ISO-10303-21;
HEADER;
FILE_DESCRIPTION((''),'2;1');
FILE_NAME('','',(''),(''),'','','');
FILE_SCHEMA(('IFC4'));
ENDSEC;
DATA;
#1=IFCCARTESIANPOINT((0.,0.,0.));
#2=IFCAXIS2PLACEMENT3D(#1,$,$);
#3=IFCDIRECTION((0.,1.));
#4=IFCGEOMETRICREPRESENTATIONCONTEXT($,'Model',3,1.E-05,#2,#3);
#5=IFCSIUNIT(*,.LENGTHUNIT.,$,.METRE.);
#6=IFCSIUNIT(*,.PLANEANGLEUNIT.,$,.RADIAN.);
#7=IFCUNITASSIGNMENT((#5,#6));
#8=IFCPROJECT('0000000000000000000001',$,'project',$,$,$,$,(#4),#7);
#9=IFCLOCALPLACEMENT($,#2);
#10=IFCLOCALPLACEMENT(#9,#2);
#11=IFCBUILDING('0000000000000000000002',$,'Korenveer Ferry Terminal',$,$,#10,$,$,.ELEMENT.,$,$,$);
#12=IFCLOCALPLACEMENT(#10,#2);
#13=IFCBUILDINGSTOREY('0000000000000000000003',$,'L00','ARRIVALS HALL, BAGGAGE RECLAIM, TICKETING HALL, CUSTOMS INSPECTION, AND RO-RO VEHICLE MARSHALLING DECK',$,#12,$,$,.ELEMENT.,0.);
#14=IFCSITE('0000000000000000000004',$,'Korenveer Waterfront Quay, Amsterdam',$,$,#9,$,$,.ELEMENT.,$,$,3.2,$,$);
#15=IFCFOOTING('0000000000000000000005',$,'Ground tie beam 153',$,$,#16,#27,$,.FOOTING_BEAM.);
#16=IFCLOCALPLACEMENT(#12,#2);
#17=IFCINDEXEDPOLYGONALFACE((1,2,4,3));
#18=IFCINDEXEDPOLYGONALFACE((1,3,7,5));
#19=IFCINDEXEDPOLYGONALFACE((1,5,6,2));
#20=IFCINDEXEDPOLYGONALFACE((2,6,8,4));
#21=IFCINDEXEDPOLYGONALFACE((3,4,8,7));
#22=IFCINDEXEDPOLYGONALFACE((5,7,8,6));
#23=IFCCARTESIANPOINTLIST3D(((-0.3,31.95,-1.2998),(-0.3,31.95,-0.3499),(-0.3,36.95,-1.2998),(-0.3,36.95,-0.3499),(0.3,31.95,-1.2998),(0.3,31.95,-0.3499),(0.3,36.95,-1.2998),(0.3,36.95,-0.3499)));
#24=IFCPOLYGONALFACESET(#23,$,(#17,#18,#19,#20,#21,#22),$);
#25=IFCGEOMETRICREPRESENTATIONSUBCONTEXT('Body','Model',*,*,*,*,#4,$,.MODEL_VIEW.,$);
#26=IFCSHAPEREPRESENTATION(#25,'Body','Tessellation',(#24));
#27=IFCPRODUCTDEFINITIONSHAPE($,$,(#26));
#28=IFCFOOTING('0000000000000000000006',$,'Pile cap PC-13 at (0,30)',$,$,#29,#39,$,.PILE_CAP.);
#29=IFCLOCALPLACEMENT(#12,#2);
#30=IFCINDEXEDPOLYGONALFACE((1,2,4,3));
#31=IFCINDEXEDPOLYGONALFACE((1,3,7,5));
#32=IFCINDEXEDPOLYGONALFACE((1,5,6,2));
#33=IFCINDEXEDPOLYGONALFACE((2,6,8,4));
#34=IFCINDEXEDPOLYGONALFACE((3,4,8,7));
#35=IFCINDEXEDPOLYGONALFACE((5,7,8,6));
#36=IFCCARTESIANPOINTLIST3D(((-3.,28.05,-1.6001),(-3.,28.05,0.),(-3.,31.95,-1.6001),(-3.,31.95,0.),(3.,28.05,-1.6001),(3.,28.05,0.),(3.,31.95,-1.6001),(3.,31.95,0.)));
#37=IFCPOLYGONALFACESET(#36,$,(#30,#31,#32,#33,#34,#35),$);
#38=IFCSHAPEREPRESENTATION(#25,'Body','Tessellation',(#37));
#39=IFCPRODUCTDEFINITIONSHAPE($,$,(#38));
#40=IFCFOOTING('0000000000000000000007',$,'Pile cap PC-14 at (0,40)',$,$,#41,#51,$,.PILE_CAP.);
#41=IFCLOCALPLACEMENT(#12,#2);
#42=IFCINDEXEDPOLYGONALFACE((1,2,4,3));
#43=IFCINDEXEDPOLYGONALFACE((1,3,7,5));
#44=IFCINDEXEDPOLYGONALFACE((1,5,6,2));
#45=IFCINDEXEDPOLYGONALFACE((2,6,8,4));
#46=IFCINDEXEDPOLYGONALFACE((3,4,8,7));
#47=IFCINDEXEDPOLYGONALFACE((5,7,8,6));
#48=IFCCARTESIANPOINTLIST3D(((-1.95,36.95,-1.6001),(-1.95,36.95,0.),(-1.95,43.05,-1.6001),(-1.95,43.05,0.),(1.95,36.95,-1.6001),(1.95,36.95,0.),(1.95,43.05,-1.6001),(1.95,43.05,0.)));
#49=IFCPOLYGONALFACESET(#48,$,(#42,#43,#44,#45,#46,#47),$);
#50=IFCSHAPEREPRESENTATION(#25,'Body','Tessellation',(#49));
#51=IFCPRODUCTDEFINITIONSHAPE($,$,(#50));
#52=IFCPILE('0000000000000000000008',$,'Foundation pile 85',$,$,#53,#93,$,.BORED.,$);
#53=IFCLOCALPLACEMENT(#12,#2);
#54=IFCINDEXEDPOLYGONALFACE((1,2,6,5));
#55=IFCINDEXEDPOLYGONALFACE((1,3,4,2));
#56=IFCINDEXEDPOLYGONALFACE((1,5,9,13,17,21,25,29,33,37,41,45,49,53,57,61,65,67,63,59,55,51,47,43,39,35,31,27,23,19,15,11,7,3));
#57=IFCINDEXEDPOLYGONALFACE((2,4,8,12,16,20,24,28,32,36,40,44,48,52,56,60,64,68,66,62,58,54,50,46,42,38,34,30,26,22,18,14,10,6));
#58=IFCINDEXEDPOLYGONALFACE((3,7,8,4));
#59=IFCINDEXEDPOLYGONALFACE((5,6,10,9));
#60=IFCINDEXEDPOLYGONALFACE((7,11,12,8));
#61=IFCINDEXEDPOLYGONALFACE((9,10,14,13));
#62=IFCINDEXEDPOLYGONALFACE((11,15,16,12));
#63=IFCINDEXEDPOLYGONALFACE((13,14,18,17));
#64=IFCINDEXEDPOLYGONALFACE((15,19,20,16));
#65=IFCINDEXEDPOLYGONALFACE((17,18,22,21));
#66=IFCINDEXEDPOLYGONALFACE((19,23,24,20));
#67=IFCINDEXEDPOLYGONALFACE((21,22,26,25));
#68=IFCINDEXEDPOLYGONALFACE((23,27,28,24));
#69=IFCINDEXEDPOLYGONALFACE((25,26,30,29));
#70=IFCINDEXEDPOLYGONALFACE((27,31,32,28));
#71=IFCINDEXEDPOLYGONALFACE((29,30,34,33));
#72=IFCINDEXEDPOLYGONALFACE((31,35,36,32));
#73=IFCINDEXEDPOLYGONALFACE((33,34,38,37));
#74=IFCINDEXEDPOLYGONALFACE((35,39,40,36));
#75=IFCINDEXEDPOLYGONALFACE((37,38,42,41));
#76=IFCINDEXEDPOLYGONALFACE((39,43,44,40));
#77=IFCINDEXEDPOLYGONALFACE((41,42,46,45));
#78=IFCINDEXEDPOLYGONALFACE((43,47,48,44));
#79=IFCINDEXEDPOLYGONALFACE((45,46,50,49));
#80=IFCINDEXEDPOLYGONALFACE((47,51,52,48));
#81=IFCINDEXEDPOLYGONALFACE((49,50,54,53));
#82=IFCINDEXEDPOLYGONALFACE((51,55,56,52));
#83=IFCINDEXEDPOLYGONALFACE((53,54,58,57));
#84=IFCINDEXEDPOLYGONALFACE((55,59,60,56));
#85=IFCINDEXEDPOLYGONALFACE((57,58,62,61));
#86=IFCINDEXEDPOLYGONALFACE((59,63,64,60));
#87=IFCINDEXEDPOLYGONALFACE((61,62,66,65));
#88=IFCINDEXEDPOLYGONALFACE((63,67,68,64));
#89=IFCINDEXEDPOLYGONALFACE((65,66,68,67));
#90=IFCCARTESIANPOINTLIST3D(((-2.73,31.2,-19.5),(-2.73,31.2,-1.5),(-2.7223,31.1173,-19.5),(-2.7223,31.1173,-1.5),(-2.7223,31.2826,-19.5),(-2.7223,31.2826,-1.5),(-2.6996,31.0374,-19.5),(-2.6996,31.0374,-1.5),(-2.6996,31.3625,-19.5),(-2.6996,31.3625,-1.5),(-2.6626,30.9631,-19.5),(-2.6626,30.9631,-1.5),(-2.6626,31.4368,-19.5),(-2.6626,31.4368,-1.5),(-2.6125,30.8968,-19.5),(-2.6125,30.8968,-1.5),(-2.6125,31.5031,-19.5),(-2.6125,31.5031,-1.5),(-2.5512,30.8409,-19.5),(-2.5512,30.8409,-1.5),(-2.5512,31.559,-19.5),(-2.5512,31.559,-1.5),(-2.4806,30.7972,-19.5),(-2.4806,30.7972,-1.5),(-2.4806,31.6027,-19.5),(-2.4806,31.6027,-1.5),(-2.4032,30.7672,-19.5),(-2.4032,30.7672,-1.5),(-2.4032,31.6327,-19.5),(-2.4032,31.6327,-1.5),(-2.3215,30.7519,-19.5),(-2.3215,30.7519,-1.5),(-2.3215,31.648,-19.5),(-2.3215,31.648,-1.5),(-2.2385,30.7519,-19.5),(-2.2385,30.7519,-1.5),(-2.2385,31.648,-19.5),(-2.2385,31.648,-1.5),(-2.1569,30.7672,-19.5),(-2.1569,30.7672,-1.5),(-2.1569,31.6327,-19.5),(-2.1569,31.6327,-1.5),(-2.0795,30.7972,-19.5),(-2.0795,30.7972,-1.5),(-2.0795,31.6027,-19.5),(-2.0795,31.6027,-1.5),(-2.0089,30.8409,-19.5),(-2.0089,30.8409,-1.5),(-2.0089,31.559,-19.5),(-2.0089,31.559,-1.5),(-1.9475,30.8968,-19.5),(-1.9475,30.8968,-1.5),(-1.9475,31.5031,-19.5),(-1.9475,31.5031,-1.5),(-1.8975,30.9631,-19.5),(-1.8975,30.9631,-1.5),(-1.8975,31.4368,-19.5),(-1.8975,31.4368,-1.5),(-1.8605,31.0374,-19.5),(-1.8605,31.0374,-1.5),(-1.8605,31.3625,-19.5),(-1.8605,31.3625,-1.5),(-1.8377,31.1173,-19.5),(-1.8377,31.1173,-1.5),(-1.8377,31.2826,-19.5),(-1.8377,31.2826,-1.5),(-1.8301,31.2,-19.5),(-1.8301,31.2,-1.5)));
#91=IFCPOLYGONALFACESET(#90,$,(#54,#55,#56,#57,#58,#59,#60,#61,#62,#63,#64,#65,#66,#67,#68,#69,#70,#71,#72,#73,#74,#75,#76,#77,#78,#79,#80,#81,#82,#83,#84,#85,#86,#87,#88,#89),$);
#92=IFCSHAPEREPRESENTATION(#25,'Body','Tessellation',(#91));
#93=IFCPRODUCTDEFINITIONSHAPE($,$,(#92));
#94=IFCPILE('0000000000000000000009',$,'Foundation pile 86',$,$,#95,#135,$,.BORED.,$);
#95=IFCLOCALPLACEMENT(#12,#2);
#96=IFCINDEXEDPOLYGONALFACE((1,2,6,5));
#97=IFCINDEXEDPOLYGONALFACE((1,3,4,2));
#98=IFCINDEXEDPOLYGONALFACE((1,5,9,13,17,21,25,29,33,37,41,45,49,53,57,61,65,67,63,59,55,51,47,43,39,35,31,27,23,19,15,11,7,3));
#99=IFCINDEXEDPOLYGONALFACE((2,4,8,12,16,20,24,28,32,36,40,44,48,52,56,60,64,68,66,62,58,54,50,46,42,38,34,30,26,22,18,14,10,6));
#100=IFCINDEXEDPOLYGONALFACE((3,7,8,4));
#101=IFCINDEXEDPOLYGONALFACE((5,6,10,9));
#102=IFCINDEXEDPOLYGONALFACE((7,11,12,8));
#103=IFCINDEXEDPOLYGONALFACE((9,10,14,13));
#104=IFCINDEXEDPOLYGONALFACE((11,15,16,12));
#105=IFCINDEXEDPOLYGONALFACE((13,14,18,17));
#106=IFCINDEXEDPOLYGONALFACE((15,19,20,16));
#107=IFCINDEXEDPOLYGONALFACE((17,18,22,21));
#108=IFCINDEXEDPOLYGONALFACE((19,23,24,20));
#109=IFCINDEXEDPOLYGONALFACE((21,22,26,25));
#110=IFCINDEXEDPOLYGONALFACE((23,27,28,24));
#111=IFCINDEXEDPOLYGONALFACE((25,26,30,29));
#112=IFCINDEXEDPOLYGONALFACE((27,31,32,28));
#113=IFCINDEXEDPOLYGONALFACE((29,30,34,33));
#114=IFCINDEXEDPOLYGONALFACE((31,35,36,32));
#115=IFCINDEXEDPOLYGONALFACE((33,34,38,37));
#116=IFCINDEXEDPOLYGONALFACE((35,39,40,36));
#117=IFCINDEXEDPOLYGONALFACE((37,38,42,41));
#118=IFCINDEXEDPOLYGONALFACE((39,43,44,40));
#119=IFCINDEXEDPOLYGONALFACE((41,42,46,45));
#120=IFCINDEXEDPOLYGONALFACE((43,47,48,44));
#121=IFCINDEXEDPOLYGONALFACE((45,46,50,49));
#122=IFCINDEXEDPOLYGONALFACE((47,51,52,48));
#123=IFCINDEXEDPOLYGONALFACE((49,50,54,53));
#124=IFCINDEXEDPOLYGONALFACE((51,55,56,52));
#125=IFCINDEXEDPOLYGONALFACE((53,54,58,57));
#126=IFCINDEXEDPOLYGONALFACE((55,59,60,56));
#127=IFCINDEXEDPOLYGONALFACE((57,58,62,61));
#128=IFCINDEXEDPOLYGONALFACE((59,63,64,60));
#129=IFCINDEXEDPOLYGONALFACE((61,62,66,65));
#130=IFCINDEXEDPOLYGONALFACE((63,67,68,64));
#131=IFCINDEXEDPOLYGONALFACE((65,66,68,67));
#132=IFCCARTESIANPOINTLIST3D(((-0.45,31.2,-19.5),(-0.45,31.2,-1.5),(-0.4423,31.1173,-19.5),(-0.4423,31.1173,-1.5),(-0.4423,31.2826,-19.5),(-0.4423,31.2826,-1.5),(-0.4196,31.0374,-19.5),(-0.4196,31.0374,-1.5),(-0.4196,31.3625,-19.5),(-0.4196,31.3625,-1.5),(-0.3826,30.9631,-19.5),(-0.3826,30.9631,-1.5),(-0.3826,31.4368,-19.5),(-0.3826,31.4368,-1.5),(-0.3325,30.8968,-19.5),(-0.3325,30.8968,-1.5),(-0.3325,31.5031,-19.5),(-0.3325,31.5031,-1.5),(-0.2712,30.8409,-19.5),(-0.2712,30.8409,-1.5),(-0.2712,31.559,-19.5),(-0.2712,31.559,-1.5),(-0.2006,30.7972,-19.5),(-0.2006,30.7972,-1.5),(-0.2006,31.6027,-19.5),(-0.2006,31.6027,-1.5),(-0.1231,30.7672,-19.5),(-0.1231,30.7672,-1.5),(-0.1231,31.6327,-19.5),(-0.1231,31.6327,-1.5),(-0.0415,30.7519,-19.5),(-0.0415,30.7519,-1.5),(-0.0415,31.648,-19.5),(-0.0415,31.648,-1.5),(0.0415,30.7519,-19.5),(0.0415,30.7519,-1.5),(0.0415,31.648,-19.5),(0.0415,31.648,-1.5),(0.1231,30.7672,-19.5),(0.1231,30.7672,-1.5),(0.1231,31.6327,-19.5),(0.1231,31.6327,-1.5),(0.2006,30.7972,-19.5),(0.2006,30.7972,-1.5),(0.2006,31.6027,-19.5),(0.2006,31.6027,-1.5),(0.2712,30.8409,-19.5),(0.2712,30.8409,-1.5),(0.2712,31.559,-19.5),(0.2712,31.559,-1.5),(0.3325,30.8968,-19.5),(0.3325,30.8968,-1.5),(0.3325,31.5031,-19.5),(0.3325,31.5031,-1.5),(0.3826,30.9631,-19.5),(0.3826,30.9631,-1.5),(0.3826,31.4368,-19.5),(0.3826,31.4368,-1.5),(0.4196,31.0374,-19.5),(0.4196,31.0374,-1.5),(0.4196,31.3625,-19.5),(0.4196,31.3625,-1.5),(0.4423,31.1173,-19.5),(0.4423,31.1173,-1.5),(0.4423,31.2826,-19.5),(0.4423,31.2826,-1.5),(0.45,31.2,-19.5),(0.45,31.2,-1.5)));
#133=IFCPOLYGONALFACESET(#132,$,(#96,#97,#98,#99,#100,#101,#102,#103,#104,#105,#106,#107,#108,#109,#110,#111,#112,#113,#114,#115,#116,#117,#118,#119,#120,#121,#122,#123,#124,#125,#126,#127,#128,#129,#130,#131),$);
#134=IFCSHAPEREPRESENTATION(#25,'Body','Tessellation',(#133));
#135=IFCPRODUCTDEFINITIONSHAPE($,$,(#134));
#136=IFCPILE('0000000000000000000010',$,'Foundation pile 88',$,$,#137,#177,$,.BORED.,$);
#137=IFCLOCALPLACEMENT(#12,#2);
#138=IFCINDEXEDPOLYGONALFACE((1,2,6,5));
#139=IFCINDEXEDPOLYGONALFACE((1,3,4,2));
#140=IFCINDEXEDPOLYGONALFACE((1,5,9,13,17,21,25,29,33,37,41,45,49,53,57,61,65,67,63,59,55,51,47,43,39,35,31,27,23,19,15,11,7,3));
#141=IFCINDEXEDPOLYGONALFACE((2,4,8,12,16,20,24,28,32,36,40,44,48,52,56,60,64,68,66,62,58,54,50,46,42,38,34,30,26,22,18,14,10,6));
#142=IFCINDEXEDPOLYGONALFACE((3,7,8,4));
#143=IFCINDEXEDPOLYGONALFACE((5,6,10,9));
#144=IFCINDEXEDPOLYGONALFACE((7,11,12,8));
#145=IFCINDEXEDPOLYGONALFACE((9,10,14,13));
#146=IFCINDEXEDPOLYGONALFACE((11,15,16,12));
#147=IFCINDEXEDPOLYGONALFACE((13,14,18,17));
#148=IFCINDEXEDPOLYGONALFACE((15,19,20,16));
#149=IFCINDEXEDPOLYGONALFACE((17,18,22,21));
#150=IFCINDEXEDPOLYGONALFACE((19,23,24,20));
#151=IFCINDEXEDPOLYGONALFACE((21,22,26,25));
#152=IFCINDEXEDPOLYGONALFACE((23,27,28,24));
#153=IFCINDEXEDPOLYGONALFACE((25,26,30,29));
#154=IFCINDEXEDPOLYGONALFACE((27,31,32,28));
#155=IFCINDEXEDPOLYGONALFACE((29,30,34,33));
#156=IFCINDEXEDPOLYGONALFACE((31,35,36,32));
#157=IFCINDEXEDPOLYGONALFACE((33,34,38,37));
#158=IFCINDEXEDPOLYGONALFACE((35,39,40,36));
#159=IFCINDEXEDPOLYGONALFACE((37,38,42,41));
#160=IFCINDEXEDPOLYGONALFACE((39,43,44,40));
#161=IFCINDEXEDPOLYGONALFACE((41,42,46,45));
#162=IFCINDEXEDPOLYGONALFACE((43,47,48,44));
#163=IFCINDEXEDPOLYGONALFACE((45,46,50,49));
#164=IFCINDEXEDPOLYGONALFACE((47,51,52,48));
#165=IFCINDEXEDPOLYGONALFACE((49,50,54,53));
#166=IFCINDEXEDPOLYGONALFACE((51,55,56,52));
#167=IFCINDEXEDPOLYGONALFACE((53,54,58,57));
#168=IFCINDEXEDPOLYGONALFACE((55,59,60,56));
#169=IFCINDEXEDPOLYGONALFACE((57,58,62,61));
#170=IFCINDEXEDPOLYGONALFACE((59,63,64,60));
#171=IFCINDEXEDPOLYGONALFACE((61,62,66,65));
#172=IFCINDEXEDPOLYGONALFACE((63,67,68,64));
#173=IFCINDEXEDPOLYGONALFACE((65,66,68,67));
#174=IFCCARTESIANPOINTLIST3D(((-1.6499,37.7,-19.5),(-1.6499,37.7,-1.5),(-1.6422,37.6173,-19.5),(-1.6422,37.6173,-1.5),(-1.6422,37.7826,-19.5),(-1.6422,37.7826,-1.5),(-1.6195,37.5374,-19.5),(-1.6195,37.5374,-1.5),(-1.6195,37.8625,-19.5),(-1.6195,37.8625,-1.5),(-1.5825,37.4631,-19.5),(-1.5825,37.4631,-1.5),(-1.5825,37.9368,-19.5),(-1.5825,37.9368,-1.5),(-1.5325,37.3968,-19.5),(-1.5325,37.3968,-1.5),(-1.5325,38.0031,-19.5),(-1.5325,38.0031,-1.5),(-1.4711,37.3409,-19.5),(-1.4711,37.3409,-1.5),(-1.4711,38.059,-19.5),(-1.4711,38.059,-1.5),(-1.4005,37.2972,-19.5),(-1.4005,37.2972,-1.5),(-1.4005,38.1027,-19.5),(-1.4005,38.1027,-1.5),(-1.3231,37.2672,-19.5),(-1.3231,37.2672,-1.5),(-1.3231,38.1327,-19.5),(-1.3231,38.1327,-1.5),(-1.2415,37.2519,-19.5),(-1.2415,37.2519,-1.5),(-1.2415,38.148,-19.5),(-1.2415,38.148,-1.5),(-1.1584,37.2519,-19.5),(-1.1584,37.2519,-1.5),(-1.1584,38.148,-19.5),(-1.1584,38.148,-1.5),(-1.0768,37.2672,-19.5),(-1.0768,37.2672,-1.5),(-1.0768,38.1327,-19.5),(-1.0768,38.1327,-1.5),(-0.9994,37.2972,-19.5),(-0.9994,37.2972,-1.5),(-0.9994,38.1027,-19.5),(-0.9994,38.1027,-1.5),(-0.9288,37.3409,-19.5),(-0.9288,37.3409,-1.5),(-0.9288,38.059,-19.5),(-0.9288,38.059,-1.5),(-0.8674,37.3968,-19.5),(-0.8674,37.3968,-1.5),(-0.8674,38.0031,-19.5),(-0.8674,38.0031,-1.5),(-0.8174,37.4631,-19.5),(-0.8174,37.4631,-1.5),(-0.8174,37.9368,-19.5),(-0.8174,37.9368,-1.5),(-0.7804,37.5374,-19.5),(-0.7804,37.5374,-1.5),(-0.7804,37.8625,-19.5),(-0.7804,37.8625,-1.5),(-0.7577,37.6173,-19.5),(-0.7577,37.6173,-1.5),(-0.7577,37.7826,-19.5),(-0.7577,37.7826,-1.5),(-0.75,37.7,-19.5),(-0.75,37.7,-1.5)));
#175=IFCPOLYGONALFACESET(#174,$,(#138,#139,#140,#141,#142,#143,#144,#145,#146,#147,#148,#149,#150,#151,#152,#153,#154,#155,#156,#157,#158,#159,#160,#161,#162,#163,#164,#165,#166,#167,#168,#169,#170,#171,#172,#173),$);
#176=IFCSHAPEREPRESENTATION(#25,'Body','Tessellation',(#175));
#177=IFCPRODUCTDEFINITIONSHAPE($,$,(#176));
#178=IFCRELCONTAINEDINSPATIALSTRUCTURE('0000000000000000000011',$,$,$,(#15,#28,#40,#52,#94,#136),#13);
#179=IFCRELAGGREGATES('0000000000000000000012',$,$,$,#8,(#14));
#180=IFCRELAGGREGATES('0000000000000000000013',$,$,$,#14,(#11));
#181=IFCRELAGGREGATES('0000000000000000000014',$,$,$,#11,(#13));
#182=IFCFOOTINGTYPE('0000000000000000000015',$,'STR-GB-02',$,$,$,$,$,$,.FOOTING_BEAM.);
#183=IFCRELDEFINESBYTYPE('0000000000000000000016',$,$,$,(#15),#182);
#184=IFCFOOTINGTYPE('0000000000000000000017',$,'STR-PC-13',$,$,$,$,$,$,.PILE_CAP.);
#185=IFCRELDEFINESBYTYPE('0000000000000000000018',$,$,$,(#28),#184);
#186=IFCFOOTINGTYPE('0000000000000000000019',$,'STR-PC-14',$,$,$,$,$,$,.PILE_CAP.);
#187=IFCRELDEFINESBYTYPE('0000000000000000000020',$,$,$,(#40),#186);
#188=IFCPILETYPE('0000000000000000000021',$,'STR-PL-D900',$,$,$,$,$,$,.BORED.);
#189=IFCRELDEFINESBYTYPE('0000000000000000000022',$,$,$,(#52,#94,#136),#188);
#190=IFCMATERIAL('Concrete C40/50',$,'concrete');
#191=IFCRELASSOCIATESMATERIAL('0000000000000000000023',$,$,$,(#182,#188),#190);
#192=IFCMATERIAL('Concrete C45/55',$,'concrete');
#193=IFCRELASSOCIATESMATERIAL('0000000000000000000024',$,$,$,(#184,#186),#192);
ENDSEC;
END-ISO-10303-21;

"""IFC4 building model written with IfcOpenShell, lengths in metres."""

from ifc_helpers import new_model, si_unit, direction, frame, origin, origin_2d, place, context, subcontext, project, spatial, rectangle, circle, extrude, material, material_profile, profile_set, type_object, element, save


model = new_model("IFC4")

# Units and contexts
model_context = context("Model", 3, precision=1e-05, world=origin(), true_north=direction((0.0, 1.0)))
body_context = subcontext(model_context, "Body", "Model", "MODEL_VIEW")
ifc_project = project(units=[si_unit("LENGTHUNIT", "METRE"), si_unit("PLANEANGLEUNIT", "RADIAN")], contexts=[model_context])

# Site, building, storey
site_placement = place(None, origin())
site = spatial("IfcSite", under=ifc_project, at=site_placement, Name="Korenveer Waterfront Quay, Amsterdam", CompositionType="ELEMENT", RefElevation=3.2)
building_placement = place(site_placement, origin())
building = spatial("IfcBuilding", under=site, at=building_placement, Name="Korenveer Ferry Terminal", CompositionType="ELEMENT")
storey_placement = place(building_placement, origin())
storey = spatial("IfcBuildingStorey", under=building, at=storey_placement, Name="L00", Description="ARRIVALS HALL, BAGGAGE RECLAIM, TICKETING HALL, CUSTOMS INSPECTION, AND RO-RO VEHICLE MARSHALLING DECK", CompositionType="ELEMENT", Elevation=0.0)

# Footings
ifc_material_1 = material(Name="Concrete C40/50", Category="concrete")
footing_type_1 = type_object("IfcFootingType", Name="STR-GB-02", PredefinedType="FOOTING_BEAM", material=ifc_material_1)
footing_1_placement = place(storey_placement, frame((0.0, 34.45, -1.2998), z_axis=(0.0, 0.0, 1.0), x_axis=(1.0, 0.0, 0.0)))
element("IfcFooting", 1, at=footing_1_placement, inside=storey, type_object=footing_type_1, Name="Ground tie beam 153", PredefinedType="FOOTING_BEAM", context=body_context, shape_type="SweptSolid", body=[
    extrude(rectangle(XDim=0.6001, YDim=5.0, at=origin_2d()), origin(), (0.0, 0.0, 1.0), 0.95),
])
ifc_material_2 = material(Name="Concrete C45/55", Category="concrete")
footing_type_2 = type_object("IfcFootingType", Name="STR-PC-13", PredefinedType="PILE_CAP", material=ifc_material_2)
footing_2_placement = place(storey_placement, frame((0.0, 30.0, -1.6001), z_axis=(0.0, 0.0, 1.0), x_axis=(1.0, 0.0, 0.0)))
element("IfcFooting", 2, at=footing_2_placement, inside=storey, type_object=footing_type_2, Name="Pile cap PC-13 at (0,30)", PredefinedType="PILE_CAP", context=body_context, shape_type="SweptSolid", body=[
    extrude(rectangle(XDim=6.0, YDim=3.8999, at=origin_2d()), origin(), (0.0, 0.0, 1.0), 1.6001),
])
footing_type_3 = type_object("IfcFootingType", Name="STR-PC-14", PredefinedType="PILE_CAP", material=ifc_material_2)
footing_3_placement = place(storey_placement, frame((0.0, 40.0, -1.6001), z_axis=(0.0, 0.0, 1.0), x_axis=(1.0, 0.0, 0.0)))
element("IfcFooting", 3, at=footing_3_placement, inside=storey, type_object=footing_type_3, Name="Pile cap PC-14 at (0,40)", PredefinedType="PILE_CAP", context=body_context, shape_type="SweptSolid", body=[
    extrude(rectangle(XDim=3.8999, YDim=6.1001, at=origin_2d()), origin(), (0.0, 0.0, 1.0), 1.6001),
])

# Piles
ifc_material_profile_1 = material_profile(ifc_material_1, circle(Radius=0.45, at=origin_2d()), Name="PILE D900")
ifc_profile_set_1 = profile_set([ifc_material_profile_1], Name="Concrete C40/50")
pile_type = type_object("IfcPileType", Name="STR-PL-D900", PredefinedType="BORED", material=ifc_profile_set_1)
for number, where, z_axis, x_axis, name in (
    (4, (-2.28, 31.2, -1.5), (0.0, 0.0, -1.0), (1.0, 0.0, 0.0), "Foundation pile 85"),
    (5, (0.0, 31.2, -1.5), (0.0, 0.0, -1.0), (1.0, 0.0, 0.0), "Foundation pile 86"),
    (6, (-1.2, 37.7, -1.5), (0.0, 0.0, -1.0), (1.0, 0.0, 0.0), "Foundation pile 88"),
):
    element("IfcPile", number, at=place(storey_placement, frame(where, z_axis=z_axis, x_axis=x_axis)), inside=storey, type_object=pile_type, Name=name, PredefinedType="BORED", context=body_context, shape_type="SweptSolid", body=[
        extrude(circle(Radius=0.45, at=origin_2d()), origin(), (0.0, 0.0, 1.0), 18.0),
    ])

save(model, "model.ifc")
